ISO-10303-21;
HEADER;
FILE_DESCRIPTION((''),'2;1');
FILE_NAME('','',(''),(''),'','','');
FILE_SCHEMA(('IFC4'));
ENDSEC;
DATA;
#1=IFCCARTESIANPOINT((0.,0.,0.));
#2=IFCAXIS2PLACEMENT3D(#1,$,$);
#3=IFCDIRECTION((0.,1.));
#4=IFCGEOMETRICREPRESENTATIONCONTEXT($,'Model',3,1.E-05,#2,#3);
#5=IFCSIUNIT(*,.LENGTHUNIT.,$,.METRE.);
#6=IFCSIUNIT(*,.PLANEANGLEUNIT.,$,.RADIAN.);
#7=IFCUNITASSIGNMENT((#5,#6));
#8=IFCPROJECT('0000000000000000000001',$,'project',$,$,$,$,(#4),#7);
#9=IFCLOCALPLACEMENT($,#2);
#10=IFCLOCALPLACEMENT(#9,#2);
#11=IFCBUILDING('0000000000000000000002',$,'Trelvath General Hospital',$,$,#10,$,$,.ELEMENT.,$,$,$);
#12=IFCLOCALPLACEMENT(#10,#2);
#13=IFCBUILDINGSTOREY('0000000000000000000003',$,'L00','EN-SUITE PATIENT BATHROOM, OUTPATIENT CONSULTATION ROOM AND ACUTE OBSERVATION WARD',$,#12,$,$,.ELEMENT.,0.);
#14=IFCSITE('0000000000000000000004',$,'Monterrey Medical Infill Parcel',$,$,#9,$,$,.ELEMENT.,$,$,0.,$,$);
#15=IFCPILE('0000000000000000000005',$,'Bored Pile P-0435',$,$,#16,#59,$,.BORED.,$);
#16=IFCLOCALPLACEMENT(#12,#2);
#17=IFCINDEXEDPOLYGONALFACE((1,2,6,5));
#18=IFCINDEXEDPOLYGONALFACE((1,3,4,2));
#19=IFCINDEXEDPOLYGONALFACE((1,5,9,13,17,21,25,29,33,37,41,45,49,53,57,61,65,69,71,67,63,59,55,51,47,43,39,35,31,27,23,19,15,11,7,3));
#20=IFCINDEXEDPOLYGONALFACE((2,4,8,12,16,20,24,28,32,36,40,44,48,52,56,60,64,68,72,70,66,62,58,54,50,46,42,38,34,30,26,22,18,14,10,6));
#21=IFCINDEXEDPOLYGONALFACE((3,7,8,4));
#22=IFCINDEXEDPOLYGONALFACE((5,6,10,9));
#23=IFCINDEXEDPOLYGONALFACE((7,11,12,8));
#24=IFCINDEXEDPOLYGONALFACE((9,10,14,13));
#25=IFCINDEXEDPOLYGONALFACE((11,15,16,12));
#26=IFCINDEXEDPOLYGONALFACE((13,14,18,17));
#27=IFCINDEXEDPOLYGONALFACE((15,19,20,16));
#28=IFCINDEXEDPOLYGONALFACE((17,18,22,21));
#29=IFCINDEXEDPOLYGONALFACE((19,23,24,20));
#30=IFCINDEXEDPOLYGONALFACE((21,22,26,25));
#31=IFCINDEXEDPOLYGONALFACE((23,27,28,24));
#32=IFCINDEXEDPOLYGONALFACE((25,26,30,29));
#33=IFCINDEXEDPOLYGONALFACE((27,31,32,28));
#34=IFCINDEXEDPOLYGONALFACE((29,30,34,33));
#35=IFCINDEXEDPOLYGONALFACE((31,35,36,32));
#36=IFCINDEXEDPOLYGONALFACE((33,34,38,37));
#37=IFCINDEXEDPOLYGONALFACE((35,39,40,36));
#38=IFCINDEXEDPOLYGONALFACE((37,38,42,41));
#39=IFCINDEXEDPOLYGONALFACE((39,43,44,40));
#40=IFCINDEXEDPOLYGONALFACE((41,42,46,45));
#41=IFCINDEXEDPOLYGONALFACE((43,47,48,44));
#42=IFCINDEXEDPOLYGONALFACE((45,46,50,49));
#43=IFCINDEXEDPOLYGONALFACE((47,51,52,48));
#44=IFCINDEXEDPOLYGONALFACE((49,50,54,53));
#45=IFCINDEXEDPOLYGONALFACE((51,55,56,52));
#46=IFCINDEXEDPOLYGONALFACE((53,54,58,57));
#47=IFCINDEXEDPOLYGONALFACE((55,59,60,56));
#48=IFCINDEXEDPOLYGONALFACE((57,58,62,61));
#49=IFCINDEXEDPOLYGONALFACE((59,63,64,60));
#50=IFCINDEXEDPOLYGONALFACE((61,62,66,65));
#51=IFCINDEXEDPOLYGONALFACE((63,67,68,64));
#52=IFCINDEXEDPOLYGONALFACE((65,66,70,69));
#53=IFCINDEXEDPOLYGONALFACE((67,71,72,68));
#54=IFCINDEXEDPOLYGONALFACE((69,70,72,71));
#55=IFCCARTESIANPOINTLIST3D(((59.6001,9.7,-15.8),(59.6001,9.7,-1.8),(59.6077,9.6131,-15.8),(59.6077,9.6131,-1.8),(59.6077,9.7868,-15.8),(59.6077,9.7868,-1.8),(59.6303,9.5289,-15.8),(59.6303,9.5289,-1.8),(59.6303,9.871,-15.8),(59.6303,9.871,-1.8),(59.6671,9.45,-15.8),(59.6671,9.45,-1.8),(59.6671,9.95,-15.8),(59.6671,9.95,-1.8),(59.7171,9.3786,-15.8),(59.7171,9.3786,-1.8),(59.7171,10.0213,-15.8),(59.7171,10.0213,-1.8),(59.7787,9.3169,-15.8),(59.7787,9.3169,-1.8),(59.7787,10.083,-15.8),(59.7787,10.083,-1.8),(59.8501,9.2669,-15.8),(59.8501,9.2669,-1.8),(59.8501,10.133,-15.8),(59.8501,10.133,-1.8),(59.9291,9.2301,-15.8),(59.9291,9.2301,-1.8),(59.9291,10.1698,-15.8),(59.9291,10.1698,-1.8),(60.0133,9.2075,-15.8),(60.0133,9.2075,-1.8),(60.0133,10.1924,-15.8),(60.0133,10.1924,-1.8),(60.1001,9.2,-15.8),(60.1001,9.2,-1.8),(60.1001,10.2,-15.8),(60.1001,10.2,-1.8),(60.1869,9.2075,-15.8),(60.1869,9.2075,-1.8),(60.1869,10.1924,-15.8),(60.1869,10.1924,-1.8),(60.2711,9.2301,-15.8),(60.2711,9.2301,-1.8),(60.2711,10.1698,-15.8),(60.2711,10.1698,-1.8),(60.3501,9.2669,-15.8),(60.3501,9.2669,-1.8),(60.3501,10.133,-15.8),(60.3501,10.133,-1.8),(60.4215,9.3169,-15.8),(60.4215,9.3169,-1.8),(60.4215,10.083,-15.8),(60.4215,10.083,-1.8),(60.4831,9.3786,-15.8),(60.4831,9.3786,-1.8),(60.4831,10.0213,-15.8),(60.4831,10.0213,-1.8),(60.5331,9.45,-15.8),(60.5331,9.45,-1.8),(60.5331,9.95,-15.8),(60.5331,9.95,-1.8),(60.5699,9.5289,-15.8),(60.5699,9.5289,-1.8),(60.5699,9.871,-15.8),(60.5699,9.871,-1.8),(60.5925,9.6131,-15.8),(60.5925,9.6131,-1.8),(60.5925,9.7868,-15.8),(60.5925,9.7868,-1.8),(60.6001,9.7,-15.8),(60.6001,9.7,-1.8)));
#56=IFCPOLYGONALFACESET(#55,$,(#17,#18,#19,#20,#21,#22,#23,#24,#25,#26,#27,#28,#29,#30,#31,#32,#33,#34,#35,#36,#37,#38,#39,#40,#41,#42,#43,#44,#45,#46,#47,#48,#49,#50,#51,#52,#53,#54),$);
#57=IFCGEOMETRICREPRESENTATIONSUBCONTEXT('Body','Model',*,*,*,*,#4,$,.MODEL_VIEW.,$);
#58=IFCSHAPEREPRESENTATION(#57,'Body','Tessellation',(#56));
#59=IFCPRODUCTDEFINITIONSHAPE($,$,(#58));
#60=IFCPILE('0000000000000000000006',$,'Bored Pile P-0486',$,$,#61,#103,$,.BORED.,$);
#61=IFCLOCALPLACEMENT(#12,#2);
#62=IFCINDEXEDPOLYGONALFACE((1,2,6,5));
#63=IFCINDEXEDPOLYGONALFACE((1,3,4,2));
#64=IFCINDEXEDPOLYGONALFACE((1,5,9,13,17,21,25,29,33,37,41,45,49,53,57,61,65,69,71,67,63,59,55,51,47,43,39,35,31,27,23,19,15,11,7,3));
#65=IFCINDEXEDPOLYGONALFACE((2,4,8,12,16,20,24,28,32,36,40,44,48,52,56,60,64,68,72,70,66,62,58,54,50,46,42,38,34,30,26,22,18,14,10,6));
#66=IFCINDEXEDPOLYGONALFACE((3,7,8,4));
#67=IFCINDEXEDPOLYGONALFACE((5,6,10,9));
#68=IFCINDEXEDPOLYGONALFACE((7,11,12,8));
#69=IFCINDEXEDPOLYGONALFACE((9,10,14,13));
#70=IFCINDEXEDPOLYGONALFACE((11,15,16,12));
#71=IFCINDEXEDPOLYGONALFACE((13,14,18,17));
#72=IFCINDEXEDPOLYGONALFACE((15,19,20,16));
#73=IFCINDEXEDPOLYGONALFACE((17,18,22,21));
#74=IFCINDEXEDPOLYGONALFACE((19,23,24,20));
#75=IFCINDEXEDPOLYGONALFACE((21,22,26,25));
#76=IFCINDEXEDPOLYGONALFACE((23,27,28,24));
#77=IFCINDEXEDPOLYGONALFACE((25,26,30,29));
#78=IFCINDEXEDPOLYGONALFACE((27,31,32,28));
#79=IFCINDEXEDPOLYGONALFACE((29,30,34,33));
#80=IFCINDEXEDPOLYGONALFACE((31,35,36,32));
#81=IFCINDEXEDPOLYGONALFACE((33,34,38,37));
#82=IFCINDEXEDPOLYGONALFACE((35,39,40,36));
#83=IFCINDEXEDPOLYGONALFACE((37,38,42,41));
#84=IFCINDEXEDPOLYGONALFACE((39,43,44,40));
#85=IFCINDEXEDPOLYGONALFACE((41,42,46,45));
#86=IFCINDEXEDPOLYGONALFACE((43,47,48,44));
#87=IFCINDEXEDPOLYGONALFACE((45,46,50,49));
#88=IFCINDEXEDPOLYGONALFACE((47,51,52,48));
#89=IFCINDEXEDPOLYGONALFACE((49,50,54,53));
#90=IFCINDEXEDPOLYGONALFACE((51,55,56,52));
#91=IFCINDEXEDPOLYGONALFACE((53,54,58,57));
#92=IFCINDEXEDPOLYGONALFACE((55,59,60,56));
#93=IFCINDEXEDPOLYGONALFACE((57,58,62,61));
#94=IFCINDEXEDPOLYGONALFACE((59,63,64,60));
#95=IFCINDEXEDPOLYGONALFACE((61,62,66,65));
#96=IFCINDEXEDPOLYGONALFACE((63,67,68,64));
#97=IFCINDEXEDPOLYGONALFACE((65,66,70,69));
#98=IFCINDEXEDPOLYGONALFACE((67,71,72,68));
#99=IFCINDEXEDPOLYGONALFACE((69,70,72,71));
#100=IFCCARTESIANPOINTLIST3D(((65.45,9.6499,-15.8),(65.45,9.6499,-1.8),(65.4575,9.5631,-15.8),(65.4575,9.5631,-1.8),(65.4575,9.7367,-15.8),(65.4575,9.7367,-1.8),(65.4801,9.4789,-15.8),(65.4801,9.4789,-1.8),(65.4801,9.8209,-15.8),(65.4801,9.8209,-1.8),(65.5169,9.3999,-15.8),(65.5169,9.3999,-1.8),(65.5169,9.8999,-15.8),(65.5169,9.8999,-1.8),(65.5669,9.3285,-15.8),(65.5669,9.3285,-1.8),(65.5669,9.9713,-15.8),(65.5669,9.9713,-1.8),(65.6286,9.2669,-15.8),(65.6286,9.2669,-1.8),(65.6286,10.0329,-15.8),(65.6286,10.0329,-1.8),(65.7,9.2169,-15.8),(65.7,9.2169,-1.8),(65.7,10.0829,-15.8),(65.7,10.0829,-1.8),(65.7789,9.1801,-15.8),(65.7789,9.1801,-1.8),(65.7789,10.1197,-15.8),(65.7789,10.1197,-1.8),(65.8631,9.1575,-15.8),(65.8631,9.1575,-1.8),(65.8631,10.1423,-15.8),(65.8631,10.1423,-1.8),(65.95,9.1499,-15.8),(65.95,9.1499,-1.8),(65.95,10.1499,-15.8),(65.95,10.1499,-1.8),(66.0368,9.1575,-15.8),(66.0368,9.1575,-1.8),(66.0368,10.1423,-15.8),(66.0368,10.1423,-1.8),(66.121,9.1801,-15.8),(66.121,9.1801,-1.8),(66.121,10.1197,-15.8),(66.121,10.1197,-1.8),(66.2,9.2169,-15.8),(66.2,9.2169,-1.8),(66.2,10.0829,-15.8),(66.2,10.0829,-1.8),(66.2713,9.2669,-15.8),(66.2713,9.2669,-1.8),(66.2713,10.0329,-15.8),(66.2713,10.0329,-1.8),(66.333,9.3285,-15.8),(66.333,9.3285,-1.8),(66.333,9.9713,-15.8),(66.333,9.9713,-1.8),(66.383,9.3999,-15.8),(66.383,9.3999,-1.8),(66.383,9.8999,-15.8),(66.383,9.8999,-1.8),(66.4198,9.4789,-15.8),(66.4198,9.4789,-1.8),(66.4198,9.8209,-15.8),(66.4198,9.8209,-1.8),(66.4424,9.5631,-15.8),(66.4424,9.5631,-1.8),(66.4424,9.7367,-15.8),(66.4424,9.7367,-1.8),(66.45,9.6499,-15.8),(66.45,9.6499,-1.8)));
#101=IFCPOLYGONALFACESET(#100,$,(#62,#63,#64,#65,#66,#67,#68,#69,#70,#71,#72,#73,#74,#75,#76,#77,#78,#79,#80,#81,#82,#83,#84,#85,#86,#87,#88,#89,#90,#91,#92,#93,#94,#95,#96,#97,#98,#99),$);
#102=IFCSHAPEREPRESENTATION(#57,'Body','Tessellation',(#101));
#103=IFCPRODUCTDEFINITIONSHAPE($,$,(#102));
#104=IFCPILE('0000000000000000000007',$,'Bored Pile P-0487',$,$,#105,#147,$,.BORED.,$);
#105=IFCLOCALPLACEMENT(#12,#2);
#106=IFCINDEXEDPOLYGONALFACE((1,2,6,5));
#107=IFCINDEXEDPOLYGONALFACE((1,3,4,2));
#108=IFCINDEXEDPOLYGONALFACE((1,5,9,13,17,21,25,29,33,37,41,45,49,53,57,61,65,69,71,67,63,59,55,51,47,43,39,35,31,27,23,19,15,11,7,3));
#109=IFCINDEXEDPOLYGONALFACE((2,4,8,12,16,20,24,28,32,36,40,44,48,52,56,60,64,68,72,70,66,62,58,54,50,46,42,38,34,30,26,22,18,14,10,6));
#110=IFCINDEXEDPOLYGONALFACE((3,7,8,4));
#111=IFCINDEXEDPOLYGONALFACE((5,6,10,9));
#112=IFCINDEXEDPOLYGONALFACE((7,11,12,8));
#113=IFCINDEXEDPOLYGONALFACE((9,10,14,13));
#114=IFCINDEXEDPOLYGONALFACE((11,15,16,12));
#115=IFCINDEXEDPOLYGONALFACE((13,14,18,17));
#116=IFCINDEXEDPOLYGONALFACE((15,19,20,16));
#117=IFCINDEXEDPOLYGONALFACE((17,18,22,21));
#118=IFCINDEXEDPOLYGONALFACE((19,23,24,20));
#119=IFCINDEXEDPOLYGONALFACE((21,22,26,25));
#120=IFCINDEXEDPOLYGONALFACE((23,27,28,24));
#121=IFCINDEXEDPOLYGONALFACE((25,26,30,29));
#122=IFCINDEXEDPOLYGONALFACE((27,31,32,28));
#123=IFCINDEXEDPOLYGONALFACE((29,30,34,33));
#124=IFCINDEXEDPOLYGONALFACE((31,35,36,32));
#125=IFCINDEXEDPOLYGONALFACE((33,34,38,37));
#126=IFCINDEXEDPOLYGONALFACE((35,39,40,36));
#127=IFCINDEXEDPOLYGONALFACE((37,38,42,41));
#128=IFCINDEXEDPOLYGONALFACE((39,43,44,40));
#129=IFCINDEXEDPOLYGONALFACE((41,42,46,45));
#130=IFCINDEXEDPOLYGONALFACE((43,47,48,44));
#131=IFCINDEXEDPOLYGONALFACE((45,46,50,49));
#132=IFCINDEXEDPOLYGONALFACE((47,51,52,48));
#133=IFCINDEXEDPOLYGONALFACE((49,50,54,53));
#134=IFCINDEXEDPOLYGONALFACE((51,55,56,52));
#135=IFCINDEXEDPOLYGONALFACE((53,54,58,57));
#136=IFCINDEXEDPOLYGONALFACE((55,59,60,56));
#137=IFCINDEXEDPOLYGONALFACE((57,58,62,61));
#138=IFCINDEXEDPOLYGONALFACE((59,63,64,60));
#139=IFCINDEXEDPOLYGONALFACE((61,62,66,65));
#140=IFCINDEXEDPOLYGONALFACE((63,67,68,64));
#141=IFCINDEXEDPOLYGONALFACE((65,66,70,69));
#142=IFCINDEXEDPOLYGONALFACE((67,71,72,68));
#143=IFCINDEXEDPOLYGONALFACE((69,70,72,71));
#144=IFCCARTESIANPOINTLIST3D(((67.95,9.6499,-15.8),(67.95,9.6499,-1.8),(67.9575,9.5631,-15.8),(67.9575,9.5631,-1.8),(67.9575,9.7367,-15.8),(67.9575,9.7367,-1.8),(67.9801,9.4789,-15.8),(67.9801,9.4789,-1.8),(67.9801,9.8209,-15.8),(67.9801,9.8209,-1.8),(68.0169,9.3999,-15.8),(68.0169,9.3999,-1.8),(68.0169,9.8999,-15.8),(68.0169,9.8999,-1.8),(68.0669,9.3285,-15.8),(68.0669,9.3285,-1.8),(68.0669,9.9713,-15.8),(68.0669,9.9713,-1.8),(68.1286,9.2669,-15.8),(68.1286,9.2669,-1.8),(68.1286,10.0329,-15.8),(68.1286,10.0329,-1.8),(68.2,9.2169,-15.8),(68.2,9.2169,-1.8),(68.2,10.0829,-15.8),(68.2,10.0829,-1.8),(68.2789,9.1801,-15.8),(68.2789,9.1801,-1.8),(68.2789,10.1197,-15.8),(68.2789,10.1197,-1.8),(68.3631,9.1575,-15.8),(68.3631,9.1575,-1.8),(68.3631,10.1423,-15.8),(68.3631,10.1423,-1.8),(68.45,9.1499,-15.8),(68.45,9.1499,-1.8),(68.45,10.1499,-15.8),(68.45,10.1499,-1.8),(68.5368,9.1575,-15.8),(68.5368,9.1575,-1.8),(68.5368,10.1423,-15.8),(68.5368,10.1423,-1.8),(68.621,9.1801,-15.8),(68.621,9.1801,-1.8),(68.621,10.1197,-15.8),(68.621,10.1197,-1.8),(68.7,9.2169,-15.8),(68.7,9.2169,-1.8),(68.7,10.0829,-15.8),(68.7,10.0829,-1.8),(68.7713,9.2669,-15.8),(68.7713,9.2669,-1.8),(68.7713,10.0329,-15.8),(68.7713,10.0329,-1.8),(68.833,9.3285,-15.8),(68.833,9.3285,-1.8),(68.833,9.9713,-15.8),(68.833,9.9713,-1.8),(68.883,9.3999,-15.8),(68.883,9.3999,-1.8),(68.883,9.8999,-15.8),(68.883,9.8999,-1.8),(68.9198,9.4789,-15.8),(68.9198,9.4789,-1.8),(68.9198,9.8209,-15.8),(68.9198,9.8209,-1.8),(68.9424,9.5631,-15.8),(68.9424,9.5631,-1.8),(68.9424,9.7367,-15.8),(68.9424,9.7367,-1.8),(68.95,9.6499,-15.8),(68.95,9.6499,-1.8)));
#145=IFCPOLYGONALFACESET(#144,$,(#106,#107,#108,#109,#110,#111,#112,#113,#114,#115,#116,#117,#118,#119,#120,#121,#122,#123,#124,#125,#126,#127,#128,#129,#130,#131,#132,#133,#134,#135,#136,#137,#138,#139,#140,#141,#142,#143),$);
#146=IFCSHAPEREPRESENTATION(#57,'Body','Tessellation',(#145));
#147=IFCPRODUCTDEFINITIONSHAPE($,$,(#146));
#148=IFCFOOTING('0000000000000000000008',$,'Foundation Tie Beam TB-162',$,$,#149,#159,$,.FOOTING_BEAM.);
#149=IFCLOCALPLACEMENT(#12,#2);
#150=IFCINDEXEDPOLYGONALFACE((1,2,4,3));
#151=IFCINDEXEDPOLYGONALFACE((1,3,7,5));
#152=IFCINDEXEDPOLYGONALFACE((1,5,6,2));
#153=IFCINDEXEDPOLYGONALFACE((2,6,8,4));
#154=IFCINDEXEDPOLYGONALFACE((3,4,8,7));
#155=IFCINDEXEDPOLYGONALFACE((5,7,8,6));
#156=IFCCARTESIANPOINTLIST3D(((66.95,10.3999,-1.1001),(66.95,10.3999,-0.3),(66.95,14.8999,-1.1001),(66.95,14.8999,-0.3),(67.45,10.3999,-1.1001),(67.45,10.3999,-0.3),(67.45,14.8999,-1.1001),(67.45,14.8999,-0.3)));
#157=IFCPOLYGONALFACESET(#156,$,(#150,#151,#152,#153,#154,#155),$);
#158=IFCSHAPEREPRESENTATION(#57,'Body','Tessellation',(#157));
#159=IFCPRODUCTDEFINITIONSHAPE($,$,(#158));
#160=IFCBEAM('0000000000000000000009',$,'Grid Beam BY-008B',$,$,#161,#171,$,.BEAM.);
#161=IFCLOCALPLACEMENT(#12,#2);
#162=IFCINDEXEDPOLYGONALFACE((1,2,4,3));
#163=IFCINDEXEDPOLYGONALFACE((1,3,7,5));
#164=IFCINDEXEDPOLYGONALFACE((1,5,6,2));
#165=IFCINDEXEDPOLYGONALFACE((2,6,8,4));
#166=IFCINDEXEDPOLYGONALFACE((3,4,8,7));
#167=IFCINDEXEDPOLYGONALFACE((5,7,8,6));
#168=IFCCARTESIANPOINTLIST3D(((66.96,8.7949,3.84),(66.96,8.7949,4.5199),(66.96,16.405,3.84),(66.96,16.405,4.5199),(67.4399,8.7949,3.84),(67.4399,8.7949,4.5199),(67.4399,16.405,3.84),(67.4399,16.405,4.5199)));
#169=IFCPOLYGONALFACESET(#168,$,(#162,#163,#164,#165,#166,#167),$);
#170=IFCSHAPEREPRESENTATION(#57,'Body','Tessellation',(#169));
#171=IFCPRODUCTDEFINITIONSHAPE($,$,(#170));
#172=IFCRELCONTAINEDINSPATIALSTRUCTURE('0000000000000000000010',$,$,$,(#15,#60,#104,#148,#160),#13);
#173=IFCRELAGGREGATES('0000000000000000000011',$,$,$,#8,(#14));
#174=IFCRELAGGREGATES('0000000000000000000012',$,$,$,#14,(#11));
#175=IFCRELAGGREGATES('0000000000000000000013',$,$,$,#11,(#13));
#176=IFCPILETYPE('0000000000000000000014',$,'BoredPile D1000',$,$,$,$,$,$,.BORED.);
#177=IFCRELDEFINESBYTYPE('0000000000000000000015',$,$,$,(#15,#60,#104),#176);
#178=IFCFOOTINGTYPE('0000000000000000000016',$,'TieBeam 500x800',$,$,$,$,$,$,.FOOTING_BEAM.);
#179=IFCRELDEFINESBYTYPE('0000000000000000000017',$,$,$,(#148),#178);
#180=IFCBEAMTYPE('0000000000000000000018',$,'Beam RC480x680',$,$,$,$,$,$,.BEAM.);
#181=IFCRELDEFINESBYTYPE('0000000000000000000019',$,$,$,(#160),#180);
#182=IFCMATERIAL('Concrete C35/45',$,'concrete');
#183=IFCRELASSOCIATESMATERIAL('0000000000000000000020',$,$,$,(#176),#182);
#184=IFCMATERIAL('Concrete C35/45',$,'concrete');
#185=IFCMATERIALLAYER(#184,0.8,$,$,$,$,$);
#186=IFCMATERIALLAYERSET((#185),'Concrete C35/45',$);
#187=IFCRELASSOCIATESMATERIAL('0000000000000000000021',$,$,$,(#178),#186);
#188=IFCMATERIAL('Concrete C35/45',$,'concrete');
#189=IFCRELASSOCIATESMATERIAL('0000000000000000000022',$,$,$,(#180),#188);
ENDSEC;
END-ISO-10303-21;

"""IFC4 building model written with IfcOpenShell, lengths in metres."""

from ifc_helpers import new_model, si_unit, direction, frame, origin, origin_2d, place, context, subcontext, project, spatial, rectangle, circle, extrude, material, layer, layer_set, material_profile, profile_set, type_object, element, save


model = new_model("IFC4")

# Units and contexts
model_context = context("Model", 3, precision=1e-05, world=origin(), true_north=direction((0.0, 1.0)))
body_context = subcontext(model_context, "Body", "Model", "MODEL_VIEW")
ifc_project = project(units=[si_unit("LENGTHUNIT", "METRE"), si_unit("PLANEANGLEUNIT", "RADIAN")], contexts=[model_context])

# Site, building, storey
site_placement = place(None, origin())
site = spatial("IfcSite", under=ifc_project, at=site_placement, Name="Monterrey Medical Infill Parcel", CompositionType="ELEMENT", RefElevation=0.0)
building_placement = place(site_placement, origin())
building = spatial("IfcBuilding", under=site, at=building_placement, Name="Trelvath General Hospital", CompositionType="ELEMENT")
storey_placement = place(building_placement, origin())
storey = spatial("IfcBuildingStorey", under=building, at=storey_placement, Name="L00", Description="EN-SUITE PATIENT BATHROOM, OUTPATIENT CONSULTATION ROOM AND ACUTE OBSERVATION WARD", CompositionType="ELEMENT", Elevation=0.0)

# Piles
ifc_material_1 = material(Name="Concrete C35/45", Category="concrete")
ifc_material_profile_1 = material_profile(ifc_material_1, circle(Radius=0.5, at=origin_2d()), Name="PILE1000")
ifc_profile_set_1 = profile_set([ifc_material_profile_1], Name="Concrete C35/45")
pile_type = type_object("IfcPileType", Name="BoredPile D1000", PredefinedType="BORED", material=ifc_profile_set_1)
for number, where, z_axis, x_axis, name in (
    (1, (60.1001, 9.7, -1.8), (0.0, 0.0, -1.0), (1.0, 0.0, 0.0), "Bored Pile P-0435"),
    (2, (65.95, 9.6499, -1.8), (0.0, 0.0, -1.0), (1.0, 0.0, 0.0), "Bored Pile P-0486"),
    (3, (68.45, 9.6499, -1.8), (0.0, 0.0, -1.0), (1.0, 0.0, 0.0), "Bored Pile P-0487"),
):
    element("IfcPile", number, at=place(storey_placement, frame(where, z_axis=z_axis, x_axis=x_axis)), inside=storey, type_object=pile_type, Name=name, PredefinedType="BORED", context=body_context, shape_type="SweptSolid", body=[
        extrude(circle(Radius=0.5, at=origin_2d()), origin(), (0.0, 0.0, 1.0), 14.0),
    ])

# Footing
ifc_material_2 = material(Name="Concrete C35/45", Category="concrete")
ifc_layer_1 = layer(ifc_material_2, 0.8)
ifc_layer_set_1 = layer_set([ifc_layer_1], Name="Concrete C35/45")
footing_type = type_object("IfcFootingType", Name="TieBeam 500x800", PredefinedType="FOOTING_BEAM", material=ifc_layer_set_1)
footing_placement = place(storey_placement, frame((67.2, 12.6499, -1.1001), z_axis=(0.0, 0.0, 1.0), x_axis=(1.0, 0.0, 0.0)))
element("IfcFooting", 4, at=footing_placement, inside=storey, type_object=footing_type, Name="Foundation Tie Beam TB-162", PredefinedType="FOOTING_BEAM", context=body_context, shape_type="SweptSolid", body=[
    extrude(rectangle(XDim=0.5, YDim=4.5, at=origin_2d()), origin(), (0.0, 0.0, 1.0), 0.8),
])

# Beam
ifc_material_3 = material(Name="Concrete C35/45", Category="concrete")
ifc_material_profile_2 = material_profile(ifc_material_3, rectangle(XDim=0.48, YDim=0.6799, at=origin_2d()), Name="RCB480x680")
ifc_profile_set_2 = profile_set([ifc_material_profile_2], Name="Concrete C35/45")
beam_type = type_object("IfcBeamType", Name="Beam RC480x680", PredefinedType="BEAM", material=ifc_profile_set_2)
beam_placement = place(storey_placement, frame((67.2, 8.7949, 4.1799), z_axis=(0.0, 1.0, 0.0), x_axis=(-1.0, 0.0, 0.0)))
element("IfcBeam", 5, at=beam_placement, inside=storey, type_object=beam_type, Name="Grid Beam BY-008B", PredefinedType="BEAM", context=body_context, shape_type="SweptSolid", body=[
    extrude(rectangle(XDim=0.48, YDim=0.6799, at=origin_2d()), origin(), (0.0, 0.0, 1.0), 7.6101),
])

save(model, "model.ifc")
